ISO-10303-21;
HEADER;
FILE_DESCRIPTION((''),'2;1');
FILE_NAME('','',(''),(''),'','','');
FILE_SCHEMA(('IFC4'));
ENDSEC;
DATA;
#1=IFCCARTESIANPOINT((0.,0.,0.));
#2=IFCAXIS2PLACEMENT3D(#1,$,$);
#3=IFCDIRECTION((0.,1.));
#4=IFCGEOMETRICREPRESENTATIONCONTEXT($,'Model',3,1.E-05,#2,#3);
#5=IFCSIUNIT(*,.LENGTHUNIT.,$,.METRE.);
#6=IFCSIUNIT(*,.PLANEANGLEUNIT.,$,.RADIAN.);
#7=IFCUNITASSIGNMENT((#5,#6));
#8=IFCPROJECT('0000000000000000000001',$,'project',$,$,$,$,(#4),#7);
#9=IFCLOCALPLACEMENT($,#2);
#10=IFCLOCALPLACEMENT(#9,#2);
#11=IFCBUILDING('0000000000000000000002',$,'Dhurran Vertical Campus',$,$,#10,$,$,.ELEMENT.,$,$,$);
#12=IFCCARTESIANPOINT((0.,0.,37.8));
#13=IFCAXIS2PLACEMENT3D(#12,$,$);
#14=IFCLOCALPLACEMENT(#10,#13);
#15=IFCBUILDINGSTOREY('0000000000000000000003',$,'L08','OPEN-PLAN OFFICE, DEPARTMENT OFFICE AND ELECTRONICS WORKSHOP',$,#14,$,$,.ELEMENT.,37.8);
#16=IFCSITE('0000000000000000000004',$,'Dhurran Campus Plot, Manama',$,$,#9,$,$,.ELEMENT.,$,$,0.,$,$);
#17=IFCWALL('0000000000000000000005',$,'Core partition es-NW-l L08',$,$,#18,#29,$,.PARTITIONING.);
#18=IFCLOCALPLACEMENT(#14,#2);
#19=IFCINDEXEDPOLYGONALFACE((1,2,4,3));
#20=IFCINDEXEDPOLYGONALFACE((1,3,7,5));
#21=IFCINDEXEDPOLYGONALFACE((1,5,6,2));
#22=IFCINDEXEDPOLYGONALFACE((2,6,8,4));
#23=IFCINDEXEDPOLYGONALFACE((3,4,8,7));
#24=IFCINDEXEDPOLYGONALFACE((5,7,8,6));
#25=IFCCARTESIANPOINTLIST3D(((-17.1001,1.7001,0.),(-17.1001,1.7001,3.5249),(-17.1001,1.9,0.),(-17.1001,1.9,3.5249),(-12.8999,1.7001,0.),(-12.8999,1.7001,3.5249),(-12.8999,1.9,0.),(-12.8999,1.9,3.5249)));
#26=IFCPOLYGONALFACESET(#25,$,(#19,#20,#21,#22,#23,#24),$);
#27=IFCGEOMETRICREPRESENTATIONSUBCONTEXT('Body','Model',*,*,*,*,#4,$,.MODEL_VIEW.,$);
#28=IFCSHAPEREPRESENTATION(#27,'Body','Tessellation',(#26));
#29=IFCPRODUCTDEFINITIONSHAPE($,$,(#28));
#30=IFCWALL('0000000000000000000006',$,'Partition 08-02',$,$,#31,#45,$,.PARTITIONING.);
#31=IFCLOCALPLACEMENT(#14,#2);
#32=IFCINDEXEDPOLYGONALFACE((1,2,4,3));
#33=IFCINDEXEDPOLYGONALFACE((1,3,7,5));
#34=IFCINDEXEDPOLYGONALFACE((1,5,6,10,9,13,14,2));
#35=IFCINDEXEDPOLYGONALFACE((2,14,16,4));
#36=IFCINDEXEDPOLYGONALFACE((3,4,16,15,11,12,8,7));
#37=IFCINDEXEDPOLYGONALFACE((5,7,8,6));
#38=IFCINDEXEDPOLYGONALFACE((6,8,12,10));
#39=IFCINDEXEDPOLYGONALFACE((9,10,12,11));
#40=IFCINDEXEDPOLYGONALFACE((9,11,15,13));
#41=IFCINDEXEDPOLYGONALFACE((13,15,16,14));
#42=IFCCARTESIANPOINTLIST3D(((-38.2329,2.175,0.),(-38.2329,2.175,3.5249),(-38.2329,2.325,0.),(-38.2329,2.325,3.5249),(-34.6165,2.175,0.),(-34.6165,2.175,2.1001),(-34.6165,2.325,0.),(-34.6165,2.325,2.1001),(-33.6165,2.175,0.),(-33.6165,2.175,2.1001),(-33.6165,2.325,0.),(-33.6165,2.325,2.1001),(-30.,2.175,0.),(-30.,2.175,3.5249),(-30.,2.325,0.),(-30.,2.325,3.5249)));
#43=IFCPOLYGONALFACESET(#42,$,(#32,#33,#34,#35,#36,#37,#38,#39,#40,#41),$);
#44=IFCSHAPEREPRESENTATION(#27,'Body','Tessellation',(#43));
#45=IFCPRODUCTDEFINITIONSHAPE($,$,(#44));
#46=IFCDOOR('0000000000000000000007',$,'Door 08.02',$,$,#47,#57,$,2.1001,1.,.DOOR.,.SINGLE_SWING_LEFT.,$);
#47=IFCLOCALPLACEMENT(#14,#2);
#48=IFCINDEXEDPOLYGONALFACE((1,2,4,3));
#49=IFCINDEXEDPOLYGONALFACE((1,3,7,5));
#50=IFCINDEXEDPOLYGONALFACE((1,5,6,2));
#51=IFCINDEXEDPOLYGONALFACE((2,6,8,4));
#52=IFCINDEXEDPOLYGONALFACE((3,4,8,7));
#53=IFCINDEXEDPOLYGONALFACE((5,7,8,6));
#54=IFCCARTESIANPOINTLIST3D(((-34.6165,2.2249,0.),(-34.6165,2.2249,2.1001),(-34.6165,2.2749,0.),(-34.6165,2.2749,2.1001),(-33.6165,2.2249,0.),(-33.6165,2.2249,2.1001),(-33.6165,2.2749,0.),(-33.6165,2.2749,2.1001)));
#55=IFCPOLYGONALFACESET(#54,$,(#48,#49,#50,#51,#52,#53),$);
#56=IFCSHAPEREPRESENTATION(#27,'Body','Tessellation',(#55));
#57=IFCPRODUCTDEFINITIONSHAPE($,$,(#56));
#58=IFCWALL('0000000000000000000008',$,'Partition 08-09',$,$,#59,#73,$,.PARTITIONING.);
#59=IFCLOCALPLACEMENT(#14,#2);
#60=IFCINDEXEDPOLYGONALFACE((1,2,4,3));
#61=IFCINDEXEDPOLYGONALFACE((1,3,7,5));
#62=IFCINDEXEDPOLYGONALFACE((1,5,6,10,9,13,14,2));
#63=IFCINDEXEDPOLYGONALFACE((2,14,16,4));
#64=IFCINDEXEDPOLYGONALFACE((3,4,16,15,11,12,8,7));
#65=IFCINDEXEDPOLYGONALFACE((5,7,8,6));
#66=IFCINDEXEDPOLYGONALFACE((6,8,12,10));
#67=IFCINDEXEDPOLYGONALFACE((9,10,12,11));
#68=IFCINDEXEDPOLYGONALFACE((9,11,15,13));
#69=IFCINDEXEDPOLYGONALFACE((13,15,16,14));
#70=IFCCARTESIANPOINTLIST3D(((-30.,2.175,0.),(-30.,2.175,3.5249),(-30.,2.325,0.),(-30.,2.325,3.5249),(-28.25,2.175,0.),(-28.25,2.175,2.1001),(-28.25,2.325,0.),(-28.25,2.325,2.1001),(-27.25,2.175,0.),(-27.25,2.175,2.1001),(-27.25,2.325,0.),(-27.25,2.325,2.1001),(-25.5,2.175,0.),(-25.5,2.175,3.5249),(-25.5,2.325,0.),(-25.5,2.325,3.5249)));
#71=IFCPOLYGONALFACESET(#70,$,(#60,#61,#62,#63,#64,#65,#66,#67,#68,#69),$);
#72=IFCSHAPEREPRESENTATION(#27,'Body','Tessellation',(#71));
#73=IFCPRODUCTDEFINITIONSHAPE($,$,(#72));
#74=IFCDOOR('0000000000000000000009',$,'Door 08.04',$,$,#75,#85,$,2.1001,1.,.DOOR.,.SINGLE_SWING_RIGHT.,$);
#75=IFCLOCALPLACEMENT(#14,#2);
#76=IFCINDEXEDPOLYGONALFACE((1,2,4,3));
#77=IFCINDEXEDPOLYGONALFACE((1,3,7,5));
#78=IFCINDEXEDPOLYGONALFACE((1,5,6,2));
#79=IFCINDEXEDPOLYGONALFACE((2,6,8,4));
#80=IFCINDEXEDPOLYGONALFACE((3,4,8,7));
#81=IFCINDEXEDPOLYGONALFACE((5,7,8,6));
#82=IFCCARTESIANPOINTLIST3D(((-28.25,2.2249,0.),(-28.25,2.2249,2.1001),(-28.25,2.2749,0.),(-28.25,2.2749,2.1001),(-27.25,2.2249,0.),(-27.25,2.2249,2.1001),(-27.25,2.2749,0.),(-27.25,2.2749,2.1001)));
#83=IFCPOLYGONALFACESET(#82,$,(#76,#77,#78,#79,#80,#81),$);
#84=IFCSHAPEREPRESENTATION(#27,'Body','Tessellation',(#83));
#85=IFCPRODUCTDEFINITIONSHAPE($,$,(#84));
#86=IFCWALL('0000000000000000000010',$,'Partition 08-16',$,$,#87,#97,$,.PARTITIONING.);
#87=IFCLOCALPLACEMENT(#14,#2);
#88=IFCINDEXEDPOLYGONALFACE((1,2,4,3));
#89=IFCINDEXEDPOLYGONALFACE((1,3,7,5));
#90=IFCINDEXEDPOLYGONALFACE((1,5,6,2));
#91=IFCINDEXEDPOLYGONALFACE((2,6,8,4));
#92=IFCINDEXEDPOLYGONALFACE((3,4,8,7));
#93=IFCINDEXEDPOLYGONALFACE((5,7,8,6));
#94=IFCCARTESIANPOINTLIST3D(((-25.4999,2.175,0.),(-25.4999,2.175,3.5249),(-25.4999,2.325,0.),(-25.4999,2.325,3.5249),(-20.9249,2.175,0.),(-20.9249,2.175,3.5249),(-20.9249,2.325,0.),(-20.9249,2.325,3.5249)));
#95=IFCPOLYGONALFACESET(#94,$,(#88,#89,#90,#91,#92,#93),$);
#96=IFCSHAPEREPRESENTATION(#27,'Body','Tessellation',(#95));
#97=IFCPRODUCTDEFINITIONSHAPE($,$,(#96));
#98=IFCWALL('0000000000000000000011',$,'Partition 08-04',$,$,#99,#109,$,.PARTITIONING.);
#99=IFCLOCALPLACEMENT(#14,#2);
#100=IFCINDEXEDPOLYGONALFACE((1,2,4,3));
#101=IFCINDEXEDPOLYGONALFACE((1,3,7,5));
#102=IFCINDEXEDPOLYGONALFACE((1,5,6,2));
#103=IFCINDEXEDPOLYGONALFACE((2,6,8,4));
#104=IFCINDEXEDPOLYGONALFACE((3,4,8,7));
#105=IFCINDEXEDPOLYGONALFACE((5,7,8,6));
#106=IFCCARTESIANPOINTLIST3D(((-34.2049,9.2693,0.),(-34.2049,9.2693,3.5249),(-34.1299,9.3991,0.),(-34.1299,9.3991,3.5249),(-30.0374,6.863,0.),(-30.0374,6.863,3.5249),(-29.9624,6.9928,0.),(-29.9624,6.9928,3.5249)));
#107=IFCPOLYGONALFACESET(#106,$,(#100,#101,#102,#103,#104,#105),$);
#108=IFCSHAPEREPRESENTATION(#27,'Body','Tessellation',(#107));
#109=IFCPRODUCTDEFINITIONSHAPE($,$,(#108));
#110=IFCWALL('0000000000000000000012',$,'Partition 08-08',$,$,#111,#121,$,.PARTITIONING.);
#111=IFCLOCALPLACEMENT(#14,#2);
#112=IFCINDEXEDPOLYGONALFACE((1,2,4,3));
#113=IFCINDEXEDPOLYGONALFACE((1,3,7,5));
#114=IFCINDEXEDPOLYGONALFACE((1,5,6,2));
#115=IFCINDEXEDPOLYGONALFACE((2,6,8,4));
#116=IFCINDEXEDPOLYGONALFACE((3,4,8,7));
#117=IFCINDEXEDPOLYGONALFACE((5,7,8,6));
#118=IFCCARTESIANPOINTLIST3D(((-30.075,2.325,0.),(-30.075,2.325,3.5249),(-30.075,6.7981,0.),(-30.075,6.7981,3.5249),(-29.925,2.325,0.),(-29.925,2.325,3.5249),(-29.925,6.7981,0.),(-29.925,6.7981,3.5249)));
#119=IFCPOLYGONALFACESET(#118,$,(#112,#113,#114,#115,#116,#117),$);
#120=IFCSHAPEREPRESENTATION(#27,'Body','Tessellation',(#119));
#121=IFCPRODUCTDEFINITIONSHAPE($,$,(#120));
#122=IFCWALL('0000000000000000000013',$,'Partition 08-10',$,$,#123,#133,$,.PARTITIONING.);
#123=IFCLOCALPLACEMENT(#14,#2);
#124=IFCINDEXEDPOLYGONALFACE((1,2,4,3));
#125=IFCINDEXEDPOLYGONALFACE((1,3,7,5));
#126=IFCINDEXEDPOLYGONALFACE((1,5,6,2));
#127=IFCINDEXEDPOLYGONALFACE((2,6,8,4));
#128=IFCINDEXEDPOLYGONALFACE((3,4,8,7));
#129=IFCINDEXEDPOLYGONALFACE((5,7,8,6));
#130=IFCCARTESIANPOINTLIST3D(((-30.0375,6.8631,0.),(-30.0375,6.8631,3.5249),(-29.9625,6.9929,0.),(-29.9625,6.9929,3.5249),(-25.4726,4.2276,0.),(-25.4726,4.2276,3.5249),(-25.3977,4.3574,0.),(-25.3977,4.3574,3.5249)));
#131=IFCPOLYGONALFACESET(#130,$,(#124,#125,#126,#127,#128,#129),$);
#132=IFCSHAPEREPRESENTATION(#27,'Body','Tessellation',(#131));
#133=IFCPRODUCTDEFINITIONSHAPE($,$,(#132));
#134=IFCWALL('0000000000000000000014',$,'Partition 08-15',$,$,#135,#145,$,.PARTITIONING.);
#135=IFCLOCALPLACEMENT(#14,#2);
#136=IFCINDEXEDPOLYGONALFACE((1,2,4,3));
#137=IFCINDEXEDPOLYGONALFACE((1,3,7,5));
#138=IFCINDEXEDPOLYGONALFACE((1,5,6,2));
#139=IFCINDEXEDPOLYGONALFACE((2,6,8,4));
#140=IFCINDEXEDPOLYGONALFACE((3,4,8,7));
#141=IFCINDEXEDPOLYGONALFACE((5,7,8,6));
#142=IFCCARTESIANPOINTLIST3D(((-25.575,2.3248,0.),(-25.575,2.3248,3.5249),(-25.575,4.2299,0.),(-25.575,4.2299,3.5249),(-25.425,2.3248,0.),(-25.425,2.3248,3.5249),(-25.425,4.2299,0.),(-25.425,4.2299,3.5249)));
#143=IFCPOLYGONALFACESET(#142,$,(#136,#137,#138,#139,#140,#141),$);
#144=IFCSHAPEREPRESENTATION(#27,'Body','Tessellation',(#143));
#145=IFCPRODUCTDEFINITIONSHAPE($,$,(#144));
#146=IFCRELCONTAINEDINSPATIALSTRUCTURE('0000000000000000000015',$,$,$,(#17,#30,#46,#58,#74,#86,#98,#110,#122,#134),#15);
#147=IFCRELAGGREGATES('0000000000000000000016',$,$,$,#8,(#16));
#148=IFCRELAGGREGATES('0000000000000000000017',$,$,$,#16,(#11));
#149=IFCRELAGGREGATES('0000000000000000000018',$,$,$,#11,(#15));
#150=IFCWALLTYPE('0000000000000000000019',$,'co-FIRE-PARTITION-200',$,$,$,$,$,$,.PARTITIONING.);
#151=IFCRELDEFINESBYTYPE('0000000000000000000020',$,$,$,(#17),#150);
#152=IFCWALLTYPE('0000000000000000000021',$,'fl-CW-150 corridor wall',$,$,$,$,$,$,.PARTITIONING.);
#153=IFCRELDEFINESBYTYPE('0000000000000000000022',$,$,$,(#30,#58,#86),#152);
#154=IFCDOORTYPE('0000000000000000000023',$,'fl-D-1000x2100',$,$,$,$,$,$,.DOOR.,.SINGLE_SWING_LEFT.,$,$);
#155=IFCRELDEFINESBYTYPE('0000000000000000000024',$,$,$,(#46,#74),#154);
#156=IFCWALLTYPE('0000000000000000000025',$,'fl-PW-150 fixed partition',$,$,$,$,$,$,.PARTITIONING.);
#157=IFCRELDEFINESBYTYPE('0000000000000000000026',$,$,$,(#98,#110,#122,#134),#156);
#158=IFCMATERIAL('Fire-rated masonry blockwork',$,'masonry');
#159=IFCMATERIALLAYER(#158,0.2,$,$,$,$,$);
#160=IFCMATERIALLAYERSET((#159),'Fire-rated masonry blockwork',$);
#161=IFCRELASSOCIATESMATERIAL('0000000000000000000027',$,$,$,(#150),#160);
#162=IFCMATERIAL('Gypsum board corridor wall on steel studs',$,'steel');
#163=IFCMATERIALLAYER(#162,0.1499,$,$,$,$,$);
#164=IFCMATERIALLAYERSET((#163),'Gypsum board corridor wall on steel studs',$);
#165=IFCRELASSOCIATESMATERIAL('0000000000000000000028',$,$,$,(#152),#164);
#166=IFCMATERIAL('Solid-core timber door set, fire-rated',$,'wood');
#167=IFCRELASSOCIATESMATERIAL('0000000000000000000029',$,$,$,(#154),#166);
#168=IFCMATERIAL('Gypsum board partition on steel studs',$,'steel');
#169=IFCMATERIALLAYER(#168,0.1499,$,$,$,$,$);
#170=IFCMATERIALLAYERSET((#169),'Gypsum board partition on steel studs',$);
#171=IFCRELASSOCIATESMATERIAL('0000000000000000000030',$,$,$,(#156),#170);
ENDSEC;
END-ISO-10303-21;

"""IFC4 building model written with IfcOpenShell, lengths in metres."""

from ifc_helpers import new_model, si_unit, direction, frame, frame_2d, origin, place, context, subcontext, project, spatial, rectangle, extrude, material, layer, layer_set, type_object, element, fill, save


model = new_model("IFC4")

# Units and contexts
model_context = context("Model", 3, precision=1e-05, world=origin(), true_north=direction((0.0, 1.0)))
body_context = subcontext(model_context, "Body", "Model", "MODEL_VIEW")
ifc_project = project(units=[si_unit("LENGTHUNIT", "METRE"), si_unit("PLANEANGLEUNIT", "RADIAN")], contexts=[model_context])

# Site, building, storey
site_placement = place(None, origin())
site = spatial("IfcSite", under=ifc_project, at=site_placement, Name="Dhurran Campus Plot, Manama", CompositionType="ELEMENT", RefElevation=0.0)
building_placement = place(site_placement, origin())
building = spatial("IfcBuilding", under=site, at=building_placement, Name="Dhurran Vertical Campus", CompositionType="ELEMENT")
storey_placement = place(building_placement, frame((0.0, 0.0, 37.8)))
storey = spatial("IfcBuildingStorey", under=building, at=storey_placement, Name="L08", Description="OPEN-PLAN OFFICE, DEPARTMENT OFFICE AND ELECTRONICS WORKSHOP", CompositionType="ELEMENT", Elevation=37.8)

# Shared definitions
ifc_material_1 = material(Name="Fire-rated masonry blockwork", Category="masonry")
ifc_layer_1 = layer(ifc_material_1, 0.2)
ifc_layer_set_1 = layer_set([ifc_layer_1], Name="Fire-rated masonry blockwork")
wall_type_1 = type_object("IfcWallType", Name="co-FIRE-PARTITION-200", PredefinedType="PARTITIONING", material=ifc_layer_set_1)

# Wall
wall_1_placement = place(storey_placement, frame((-17.1001, 1.8, 0.0), z_axis=(0.0, 0.0, 1.0), x_axis=(1.0, 0.0, 0.0)))
element("IfcWall", 1, at=wall_1_placement, inside=storey, type_object=wall_type_1, Name="Core partition es-NW-l L08", PredefinedType="PARTITIONING", context=body_context, shape_type="SweptSolid", body=[
    extrude(rectangle(XDim=4.2002, YDim=0.2, at=frame_2d((2.1001, 0.0))), origin(), (0.0, 0.0, 1.0), 3.5249),
])

# Walls, openings, doors
ifc_material_2 = material(Name="Gypsum board corridor wall on steel studs", Category="steel")
ifc_layer_2 = layer(ifc_material_2, 0.1499)
ifc_layer_set_2 = layer_set([ifc_layer_2], Name="Gypsum board corridor wall on steel studs")
wall_type_2 = type_object("IfcWallType", Name="fl-CW-150 corridor wall", PredefinedType="PARTITIONING", material=ifc_layer_set_2)
wall_2_placement = place(storey_placement, frame((-38.2329, 2.25, 0.0), z_axis=(0.0, 0.0, 1.0), x_axis=(1.0, 0.0, 0.0)))
wall_2 = element("IfcWall", 2, at=wall_2_placement, inside=storey, type_object=wall_type_2, Name="Partition 08-02", PredefinedType="PARTITIONING", context=body_context, shape_type="SweptSolid", body=[
    extrude(rectangle(XDim=8.2329, YDim=0.1499, at=frame_2d((4.1165, 0.0))), origin(), (0.0, 0.0, 1.0), 3.5249),
])
opening_1_placement = place(wall_2_placement, frame((3.6165, 0.0, 0.0)))
opening_1 = element("IfcOpeningElement", 3, at=opening_1_placement, cuts=wall_2, PredefinedType="OPENING", context=body_context, shape_type="SweptSolid", body=[
    extrude(rectangle(XDim=1.0, YDim=2.1001, at=frame_2d((0.5, 1.05))), frame((0.0, 0.085, 0.0), z_axis=(0.0, -1.0, 0.0), x_axis=(1.0, 0.0, 0.0)), (0.0, 0.0, 1.0), 0.1699),
])
ifc_material_3 = material(Name="Solid-core timber door set, fire-rated", Category="wood")
door_type_1 = type_object("IfcDoorType", Name="fl-D-1000x2100", OperationType="SINGLE_SWING_LEFT", PredefinedType="DOOR", material=ifc_material_3)
door_1_placement = place(opening_1_placement, origin())
door_1 = element("IfcDoor", 4, at=door_1_placement, inside=storey, type_object=door_type_1, Name="Door 08.02", OperationType="SINGLE_SWING_LEFT", OverallHeight=2.1001, OverallWidth=1.0, PredefinedType="DOOR", context=body_context, shape_type="SweptSolid", body=[
    extrude(rectangle(XDim=1.0, YDim=2.1001, at=frame_2d((0.5, 1.05))), frame((0.0, 0.0249, 0.0), z_axis=(0.0, -1.0, 0.0), x_axis=(1.0, 0.0, 0.0)), (0.0, 0.0, 1.0), 0.05),
])
fill(opening_1, door_1)
wall_3_placement = place(storey_placement, frame((-30.0, 2.25, 0.0), z_axis=(0.0, 0.0, 1.0), x_axis=(1.0, 0.0, 0.0)))
wall_3 = element("IfcWall", 5, at=wall_3_placement, inside=storey, type_object=wall_type_2, Name="Partition 08-09", PredefinedType="PARTITIONING", context=body_context, shape_type="SweptSolid", body=[
    extrude(rectangle(XDim=4.5, YDim=0.1499, at=frame_2d((2.25, 0.0))), origin(), (0.0, 0.0, 1.0), 3.5249),
])
opening_2_placement = place(wall_3_placement, frame((1.75, 0.0, 0.0)))
opening_2 = element("IfcOpeningElement", 6, at=opening_2_placement, cuts=wall_3, PredefinedType="OPENING", context=body_context, shape_type="SweptSolid", body=[
    extrude(rectangle(XDim=1.0, YDim=2.1001, at=frame_2d((0.5, 1.05))), frame((0.0, 0.085, 0.0), z_axis=(0.0, -1.0, 0.0), x_axis=(1.0, 0.0, 0.0)), (0.0, 0.0, 1.0), 0.1699),
])
door_2_placement = place(opening_2_placement, origin())
door_2 = element("IfcDoor", 7, at=door_2_placement, inside=storey, type_object=door_type_1, Name="Door 08.04", OperationType="SINGLE_SWING_RIGHT", OverallHeight=2.1001, OverallWidth=1.0, PredefinedType="DOOR", context=body_context, shape_type="SweptSolid", body=[
    extrude(rectangle(XDim=1.0, YDim=2.1001, at=frame_2d((0.5, 1.05))), frame((0.0, 0.0249, 0.0), z_axis=(0.0, -1.0, 0.0), x_axis=(1.0, 0.0, 0.0)), (0.0, 0.0, 1.0), 0.05),
])
fill(opening_2, door_2)

# Walls
wall_4_placement = place(storey_placement, frame((-25.5, 2.25, 0.0), z_axis=(0.0, 0.0, 1.0), x_axis=(1.0, 0.0, 0.0)))
element("IfcWall", 8, at=wall_4_placement, inside=storey, type_object=wall_type_2, Name="Partition 08-16", PredefinedType="PARTITIONING", context=body_context, shape_type="SweptSolid", body=[
    extrude(rectangle(XDim=4.575, YDim=0.1499, at=frame_2d((2.2876, 0.0))), origin(), (0.0, 0.0, 1.0), 3.5249),
])
ifc_material_4 = material(Name="Gypsum board partition on steel studs", Category="steel")
ifc_layer_3 = layer(ifc_material_4, 0.1499)
ifc_layer_set_3 = layer_set([ifc_layer_3], Name="Gypsum board partition on steel studs")
wall_type_3 = type_object("IfcWallType", Name="fl-PW-150 fixed partition", PredefinedType="PARTITIONING", material=ifc_layer_set_3)
wall_5_placement = place(storey_placement, frame((-34.1675, 9.3342, 0.0), z_axis=(0.0, 0.0, 1.0), x_axis=(0.866012, -0.500024, 0.0)))
element("IfcWall", 9, at=wall_5_placement, inside=storey, type_object=wall_type_3, Name="Partition 08-04", PredefinedType="PARTITIONING", context=body_context, shape_type="SweptSolid", body=[
    extrude(rectangle(XDim=4.8123, YDim=0.1499, at=frame_2d((2.4062, 0.0))), origin(), (0.0, 0.0, 1.0), 3.5249),
])
wall_6_placement = place(storey_placement, frame((-30.0, 6.7981, 0.0), z_axis=(0.0, 0.0, 1.0), x_axis=(0.0, -1.0, 0.0)))
element("IfcWall", 10, at=wall_6_placement, inside=storey, type_object=wall_type_3, Name="Partition 08-08", PredefinedType="PARTITIONING", context=body_context, shape_type="SweptSolid", body=[
    extrude(rectangle(XDim=4.4731, YDim=0.1499, at=frame_2d((2.2366, 0.0))), origin(), (0.0, 0.0, 1.0), 3.5249),
])
wall_7_placement = place(storey_placement, frame((-30.0, 6.928, 0.0), z_axis=(0.0, 0.0, 1.0), x_axis=(0.866031, -0.49999, 0.0)))
element("IfcWall", 11, at=wall_7_placement, inside=storey, type_object=wall_type_3, Name="Partition 08-10", PredefinedType="PARTITIONING", context=body_context, shape_type="SweptSolid", body=[
    extrude(rectangle(XDim=5.271, YDim=0.1499, at=frame_2d((2.6355, 0.0))), origin(), (0.0, 0.0, 1.0), 3.5249),
])
wall_8_placement = place(storey_placement, frame((-25.5, 4.23, 0.0), z_axis=(0.0, 0.0, 1.0), x_axis=(0.0, -1.0, 0.0)))
element("IfcWall", 12, at=wall_8_placement, inside=storey, type_object=wall_type_3, Name="Partition 08-15", PredefinedType="PARTITIONING", context=body_context, shape_type="SweptSolid", body=[
    extrude(rectangle(XDim=1.905, YDim=0.1499, at=frame_2d((0.9526, 0.0))), origin(), (0.0, 0.0, 1.0), 3.5249),
])

save(model, "model.ifc")
